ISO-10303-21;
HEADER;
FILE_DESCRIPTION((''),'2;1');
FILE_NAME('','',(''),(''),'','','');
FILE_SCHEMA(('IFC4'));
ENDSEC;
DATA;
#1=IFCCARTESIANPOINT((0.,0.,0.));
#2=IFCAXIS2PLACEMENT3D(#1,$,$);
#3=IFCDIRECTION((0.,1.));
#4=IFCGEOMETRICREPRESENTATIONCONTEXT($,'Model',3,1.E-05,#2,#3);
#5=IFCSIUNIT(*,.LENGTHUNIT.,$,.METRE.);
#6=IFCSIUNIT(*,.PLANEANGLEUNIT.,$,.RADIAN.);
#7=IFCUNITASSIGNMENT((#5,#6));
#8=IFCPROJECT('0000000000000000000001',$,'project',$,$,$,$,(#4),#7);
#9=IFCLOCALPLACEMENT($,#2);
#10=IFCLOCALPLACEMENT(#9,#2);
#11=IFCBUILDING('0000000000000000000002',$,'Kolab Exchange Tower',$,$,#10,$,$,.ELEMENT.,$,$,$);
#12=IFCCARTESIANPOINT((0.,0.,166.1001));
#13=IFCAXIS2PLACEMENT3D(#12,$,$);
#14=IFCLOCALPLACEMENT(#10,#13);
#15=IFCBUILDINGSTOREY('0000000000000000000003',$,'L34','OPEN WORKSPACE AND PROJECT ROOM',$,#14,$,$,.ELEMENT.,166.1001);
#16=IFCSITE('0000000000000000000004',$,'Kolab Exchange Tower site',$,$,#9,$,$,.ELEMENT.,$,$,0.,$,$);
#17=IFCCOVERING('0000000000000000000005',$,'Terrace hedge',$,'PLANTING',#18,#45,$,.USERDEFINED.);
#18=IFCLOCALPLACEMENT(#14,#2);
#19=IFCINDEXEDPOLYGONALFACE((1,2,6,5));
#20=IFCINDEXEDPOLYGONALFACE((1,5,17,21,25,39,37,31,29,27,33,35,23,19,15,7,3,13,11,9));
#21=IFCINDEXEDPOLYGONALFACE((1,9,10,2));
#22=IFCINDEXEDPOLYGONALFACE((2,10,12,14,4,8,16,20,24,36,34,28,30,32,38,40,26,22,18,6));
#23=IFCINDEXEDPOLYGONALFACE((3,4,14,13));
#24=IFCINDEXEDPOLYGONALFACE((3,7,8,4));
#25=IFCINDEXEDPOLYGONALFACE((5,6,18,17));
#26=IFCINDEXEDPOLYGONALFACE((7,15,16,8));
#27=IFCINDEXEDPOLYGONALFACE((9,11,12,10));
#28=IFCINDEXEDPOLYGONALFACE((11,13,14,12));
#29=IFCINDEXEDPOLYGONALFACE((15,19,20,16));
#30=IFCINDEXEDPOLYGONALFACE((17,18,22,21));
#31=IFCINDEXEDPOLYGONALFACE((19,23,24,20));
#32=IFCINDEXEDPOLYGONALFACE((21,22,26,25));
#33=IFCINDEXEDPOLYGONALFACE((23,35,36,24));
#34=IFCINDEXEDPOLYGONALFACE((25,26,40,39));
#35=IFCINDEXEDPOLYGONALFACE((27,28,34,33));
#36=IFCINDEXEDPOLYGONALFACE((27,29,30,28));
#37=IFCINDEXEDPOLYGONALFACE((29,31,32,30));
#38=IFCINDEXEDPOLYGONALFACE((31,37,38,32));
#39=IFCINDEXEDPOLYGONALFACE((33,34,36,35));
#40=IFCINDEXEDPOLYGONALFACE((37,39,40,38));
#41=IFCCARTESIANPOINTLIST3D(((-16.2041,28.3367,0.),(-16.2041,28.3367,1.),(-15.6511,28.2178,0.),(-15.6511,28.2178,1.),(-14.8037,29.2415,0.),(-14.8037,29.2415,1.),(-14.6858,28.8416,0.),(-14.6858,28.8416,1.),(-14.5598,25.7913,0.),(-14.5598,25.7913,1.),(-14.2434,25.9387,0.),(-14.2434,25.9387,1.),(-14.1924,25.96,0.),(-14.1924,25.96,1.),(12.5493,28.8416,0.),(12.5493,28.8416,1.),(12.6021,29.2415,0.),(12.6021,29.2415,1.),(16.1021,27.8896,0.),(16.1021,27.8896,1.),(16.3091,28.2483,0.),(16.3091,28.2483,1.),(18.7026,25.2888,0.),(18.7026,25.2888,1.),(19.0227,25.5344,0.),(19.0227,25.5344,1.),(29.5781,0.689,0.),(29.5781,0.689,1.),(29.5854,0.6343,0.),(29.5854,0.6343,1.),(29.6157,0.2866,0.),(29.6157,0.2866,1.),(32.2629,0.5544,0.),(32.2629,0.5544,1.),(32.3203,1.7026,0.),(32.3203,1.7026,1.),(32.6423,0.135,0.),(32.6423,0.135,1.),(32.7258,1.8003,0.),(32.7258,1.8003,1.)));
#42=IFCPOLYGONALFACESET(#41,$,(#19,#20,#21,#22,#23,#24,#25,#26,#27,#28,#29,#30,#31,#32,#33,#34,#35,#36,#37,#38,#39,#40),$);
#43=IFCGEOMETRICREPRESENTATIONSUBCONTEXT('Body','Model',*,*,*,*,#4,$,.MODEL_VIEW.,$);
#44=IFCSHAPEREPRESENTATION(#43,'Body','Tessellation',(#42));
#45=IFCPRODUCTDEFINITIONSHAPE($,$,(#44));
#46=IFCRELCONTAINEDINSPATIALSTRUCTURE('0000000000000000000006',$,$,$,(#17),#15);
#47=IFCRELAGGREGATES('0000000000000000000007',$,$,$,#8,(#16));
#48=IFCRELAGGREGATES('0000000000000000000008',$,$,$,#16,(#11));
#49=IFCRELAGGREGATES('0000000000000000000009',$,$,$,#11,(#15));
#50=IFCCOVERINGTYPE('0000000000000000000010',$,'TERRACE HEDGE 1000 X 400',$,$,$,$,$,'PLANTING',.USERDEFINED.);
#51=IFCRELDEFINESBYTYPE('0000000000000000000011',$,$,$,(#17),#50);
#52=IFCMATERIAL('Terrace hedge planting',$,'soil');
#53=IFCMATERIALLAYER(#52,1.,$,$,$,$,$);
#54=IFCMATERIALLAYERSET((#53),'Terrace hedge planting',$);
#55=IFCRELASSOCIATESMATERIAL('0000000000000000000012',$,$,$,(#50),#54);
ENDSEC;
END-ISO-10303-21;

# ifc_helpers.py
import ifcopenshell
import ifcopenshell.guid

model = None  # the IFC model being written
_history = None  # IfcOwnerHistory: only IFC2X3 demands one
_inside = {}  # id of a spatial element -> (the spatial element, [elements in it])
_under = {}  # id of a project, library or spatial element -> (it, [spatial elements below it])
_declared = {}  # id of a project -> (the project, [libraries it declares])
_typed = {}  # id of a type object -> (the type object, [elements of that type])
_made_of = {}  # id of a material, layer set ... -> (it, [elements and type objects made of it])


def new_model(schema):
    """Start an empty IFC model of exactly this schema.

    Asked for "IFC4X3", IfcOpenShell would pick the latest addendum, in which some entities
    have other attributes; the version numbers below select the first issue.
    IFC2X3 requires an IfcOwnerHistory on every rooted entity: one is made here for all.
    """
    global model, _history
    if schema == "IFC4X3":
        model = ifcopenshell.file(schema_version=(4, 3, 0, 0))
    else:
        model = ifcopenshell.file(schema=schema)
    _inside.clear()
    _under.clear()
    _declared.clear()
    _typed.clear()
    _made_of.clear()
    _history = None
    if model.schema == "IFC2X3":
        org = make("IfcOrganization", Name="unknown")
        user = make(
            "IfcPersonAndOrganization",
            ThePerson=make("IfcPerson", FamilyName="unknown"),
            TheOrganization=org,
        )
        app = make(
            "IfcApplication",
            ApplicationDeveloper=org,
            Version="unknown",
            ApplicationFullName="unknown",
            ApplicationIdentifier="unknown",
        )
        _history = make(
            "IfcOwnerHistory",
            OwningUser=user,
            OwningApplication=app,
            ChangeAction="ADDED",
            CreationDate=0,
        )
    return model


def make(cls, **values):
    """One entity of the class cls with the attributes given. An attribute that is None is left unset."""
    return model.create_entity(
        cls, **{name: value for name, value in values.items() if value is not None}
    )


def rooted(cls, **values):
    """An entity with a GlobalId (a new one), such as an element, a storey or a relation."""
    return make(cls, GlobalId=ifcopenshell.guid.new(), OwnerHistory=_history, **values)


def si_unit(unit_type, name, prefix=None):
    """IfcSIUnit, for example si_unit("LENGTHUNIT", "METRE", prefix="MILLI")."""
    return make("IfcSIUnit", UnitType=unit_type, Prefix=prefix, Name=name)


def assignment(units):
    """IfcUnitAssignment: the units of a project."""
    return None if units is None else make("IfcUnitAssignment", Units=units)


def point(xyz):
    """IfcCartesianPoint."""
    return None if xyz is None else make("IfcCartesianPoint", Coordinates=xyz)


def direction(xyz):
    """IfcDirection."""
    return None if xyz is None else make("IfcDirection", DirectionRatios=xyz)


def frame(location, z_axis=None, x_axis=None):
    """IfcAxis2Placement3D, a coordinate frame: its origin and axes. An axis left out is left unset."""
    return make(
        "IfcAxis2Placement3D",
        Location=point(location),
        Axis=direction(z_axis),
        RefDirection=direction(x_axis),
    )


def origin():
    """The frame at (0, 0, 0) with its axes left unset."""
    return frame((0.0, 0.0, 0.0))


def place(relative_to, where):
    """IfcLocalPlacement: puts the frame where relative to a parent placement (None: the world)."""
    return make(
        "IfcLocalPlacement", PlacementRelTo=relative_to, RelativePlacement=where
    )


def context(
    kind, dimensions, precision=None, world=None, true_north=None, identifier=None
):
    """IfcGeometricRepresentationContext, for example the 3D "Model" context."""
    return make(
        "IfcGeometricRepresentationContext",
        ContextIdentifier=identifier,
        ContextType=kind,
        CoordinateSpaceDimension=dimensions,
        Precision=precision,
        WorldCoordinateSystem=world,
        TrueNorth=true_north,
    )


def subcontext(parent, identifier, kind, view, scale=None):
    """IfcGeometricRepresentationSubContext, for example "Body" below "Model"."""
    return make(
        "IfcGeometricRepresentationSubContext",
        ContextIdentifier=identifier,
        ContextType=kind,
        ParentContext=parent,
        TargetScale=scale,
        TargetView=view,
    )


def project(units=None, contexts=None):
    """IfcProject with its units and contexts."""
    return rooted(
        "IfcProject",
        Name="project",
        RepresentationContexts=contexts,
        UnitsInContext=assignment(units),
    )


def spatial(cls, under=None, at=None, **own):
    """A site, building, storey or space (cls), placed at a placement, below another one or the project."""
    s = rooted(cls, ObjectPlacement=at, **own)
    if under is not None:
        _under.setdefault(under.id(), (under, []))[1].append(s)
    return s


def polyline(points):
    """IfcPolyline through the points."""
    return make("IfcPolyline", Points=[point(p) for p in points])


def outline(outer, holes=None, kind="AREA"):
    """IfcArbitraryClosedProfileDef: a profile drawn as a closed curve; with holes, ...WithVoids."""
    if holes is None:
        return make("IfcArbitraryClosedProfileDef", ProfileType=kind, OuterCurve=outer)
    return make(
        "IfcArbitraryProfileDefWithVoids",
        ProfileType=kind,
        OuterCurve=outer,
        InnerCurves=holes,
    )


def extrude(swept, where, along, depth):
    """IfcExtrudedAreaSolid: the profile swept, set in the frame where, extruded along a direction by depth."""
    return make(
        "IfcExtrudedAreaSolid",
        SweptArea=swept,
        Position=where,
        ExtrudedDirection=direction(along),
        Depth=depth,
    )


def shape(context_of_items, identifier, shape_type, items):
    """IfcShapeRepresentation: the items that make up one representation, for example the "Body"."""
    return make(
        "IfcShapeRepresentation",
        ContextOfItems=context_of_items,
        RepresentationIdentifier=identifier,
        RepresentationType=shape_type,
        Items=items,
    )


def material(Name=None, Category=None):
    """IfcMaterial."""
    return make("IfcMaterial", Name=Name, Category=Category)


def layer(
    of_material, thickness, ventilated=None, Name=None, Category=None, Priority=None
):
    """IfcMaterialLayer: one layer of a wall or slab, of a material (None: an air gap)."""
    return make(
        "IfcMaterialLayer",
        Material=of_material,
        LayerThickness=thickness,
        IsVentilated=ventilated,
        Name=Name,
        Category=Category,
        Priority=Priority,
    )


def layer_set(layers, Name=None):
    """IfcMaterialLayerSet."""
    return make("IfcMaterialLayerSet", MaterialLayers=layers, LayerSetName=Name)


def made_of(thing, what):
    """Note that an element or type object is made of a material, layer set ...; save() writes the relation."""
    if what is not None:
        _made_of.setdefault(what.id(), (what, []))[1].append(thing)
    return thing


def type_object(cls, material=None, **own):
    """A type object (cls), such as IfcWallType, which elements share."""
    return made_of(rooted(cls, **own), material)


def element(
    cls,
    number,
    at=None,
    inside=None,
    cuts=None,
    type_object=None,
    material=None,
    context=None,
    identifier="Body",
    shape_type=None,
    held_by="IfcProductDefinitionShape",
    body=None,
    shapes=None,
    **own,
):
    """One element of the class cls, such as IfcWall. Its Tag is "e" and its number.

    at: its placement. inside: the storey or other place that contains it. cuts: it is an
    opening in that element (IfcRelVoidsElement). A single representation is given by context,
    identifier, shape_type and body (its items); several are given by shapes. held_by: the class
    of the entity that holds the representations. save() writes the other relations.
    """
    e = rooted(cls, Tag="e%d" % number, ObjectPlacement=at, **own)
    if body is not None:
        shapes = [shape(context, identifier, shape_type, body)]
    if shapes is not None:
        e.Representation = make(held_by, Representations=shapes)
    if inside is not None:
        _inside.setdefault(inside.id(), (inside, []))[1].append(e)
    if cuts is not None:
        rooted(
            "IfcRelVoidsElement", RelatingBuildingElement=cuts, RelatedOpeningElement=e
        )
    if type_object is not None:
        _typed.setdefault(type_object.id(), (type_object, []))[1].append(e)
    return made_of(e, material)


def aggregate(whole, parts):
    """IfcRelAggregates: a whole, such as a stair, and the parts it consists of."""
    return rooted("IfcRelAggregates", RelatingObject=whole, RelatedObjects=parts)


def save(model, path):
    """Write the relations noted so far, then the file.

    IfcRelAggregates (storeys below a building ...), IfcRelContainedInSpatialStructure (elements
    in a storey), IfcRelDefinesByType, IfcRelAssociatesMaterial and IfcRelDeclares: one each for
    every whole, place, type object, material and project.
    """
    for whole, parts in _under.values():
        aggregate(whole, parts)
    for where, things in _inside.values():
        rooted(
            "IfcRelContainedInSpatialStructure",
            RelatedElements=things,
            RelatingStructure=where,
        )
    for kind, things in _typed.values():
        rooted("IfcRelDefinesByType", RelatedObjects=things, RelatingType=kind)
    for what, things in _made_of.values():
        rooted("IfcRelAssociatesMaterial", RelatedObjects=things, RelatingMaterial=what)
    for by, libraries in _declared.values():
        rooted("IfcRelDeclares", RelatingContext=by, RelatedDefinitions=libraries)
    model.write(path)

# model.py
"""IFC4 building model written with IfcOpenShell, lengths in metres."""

from ifc_helpers import new_model, si_unit, direction, frame, origin, place, context, subcontext, project, spatial, polyline, outline, extrude, material, layer, layer_set, type_object, element, save


model = new_model("IFC4")

# Units and contexts
model_context = context("Model", 3, precision=1e-05, world=origin(), true_north=direction((0.0, 1.0)))
body_context = subcontext(model_context, "Body", "Model", "MODEL_VIEW")
ifc_project = project(units=[si_unit("LENGTHUNIT", "METRE"), si_unit("PLANEANGLEUNIT", "RADIAN")], contexts=[model_context])

# Site, building, storey
site_placement = place(None, origin())
site = spatial("IfcSite", under=ifc_project, at=site_placement, Name="Kolab Exchange Tower site", CompositionType="ELEMENT", RefElevation=0.0)
building_placement = place(site_placement, origin())
building = spatial("IfcBuilding", under=site, at=building_placement, Name="Kolab Exchange Tower", CompositionType="ELEMENT")
storey_placement = place(building_placement, frame((0.0, 0.0, 166.1001)))
storey = spatial("IfcBuildingStorey", under=building, at=storey_placement, Name="L34", Description="OPEN WORKSPACE AND PROJECT ROOM", CompositionType="ELEMENT", Elevation=166.1001)

# Covering
ifc_material_1 = material(Name="Terrace hedge planting", Category="soil")
ifc_layer_1 = layer(ifc_material_1, 1.0)
ifc_layer_set_1 = layer_set([ifc_layer_1], Name="Terrace hedge planting")
covering_type_1 = type_object("IfcCoveringType", Name="TERRACE HEDGE 1000 X 400", ElementType="PLANTING", PredefinedType="USERDEFINED", material=ifc_layer_set_1)
covering_1_placement = place(storey_placement, origin())
element("IfcCovering", 1, at=covering_1_placement, inside=storey, type_object=covering_type_1, Name="Terrace hedge", ObjectType="PLANTING", PredefinedType="USERDEFINED", context=body_context, shape_type="SweptSolid", body=[
    extrude(outline(polyline([(-14.8037, 29.2415), (12.6021, 29.2415), (16.3091, 28.2483), (19.0227, 25.5344), (32.7258, 1.8003), (32.6423, 0.135), (29.6157, 0.2866), (29.5854, 0.6343), (29.5781, 0.689), (32.2629, 0.5544), (32.3203, 1.7026), (18.7026, 25.2888), (16.1021, 27.8896), (12.5493, 28.8416), (-14.6858, 28.8416), (-15.6511, 28.2178), (-14.1924, 25.96), (-14.2434, 25.9387), (-14.5598, 25.7913), (-16.2041, 28.3367), (-14.8037, 29.2415)])), origin(), (0.0, 0.0, 1.0), 1.0),
])

save(model, "model.ifc")
